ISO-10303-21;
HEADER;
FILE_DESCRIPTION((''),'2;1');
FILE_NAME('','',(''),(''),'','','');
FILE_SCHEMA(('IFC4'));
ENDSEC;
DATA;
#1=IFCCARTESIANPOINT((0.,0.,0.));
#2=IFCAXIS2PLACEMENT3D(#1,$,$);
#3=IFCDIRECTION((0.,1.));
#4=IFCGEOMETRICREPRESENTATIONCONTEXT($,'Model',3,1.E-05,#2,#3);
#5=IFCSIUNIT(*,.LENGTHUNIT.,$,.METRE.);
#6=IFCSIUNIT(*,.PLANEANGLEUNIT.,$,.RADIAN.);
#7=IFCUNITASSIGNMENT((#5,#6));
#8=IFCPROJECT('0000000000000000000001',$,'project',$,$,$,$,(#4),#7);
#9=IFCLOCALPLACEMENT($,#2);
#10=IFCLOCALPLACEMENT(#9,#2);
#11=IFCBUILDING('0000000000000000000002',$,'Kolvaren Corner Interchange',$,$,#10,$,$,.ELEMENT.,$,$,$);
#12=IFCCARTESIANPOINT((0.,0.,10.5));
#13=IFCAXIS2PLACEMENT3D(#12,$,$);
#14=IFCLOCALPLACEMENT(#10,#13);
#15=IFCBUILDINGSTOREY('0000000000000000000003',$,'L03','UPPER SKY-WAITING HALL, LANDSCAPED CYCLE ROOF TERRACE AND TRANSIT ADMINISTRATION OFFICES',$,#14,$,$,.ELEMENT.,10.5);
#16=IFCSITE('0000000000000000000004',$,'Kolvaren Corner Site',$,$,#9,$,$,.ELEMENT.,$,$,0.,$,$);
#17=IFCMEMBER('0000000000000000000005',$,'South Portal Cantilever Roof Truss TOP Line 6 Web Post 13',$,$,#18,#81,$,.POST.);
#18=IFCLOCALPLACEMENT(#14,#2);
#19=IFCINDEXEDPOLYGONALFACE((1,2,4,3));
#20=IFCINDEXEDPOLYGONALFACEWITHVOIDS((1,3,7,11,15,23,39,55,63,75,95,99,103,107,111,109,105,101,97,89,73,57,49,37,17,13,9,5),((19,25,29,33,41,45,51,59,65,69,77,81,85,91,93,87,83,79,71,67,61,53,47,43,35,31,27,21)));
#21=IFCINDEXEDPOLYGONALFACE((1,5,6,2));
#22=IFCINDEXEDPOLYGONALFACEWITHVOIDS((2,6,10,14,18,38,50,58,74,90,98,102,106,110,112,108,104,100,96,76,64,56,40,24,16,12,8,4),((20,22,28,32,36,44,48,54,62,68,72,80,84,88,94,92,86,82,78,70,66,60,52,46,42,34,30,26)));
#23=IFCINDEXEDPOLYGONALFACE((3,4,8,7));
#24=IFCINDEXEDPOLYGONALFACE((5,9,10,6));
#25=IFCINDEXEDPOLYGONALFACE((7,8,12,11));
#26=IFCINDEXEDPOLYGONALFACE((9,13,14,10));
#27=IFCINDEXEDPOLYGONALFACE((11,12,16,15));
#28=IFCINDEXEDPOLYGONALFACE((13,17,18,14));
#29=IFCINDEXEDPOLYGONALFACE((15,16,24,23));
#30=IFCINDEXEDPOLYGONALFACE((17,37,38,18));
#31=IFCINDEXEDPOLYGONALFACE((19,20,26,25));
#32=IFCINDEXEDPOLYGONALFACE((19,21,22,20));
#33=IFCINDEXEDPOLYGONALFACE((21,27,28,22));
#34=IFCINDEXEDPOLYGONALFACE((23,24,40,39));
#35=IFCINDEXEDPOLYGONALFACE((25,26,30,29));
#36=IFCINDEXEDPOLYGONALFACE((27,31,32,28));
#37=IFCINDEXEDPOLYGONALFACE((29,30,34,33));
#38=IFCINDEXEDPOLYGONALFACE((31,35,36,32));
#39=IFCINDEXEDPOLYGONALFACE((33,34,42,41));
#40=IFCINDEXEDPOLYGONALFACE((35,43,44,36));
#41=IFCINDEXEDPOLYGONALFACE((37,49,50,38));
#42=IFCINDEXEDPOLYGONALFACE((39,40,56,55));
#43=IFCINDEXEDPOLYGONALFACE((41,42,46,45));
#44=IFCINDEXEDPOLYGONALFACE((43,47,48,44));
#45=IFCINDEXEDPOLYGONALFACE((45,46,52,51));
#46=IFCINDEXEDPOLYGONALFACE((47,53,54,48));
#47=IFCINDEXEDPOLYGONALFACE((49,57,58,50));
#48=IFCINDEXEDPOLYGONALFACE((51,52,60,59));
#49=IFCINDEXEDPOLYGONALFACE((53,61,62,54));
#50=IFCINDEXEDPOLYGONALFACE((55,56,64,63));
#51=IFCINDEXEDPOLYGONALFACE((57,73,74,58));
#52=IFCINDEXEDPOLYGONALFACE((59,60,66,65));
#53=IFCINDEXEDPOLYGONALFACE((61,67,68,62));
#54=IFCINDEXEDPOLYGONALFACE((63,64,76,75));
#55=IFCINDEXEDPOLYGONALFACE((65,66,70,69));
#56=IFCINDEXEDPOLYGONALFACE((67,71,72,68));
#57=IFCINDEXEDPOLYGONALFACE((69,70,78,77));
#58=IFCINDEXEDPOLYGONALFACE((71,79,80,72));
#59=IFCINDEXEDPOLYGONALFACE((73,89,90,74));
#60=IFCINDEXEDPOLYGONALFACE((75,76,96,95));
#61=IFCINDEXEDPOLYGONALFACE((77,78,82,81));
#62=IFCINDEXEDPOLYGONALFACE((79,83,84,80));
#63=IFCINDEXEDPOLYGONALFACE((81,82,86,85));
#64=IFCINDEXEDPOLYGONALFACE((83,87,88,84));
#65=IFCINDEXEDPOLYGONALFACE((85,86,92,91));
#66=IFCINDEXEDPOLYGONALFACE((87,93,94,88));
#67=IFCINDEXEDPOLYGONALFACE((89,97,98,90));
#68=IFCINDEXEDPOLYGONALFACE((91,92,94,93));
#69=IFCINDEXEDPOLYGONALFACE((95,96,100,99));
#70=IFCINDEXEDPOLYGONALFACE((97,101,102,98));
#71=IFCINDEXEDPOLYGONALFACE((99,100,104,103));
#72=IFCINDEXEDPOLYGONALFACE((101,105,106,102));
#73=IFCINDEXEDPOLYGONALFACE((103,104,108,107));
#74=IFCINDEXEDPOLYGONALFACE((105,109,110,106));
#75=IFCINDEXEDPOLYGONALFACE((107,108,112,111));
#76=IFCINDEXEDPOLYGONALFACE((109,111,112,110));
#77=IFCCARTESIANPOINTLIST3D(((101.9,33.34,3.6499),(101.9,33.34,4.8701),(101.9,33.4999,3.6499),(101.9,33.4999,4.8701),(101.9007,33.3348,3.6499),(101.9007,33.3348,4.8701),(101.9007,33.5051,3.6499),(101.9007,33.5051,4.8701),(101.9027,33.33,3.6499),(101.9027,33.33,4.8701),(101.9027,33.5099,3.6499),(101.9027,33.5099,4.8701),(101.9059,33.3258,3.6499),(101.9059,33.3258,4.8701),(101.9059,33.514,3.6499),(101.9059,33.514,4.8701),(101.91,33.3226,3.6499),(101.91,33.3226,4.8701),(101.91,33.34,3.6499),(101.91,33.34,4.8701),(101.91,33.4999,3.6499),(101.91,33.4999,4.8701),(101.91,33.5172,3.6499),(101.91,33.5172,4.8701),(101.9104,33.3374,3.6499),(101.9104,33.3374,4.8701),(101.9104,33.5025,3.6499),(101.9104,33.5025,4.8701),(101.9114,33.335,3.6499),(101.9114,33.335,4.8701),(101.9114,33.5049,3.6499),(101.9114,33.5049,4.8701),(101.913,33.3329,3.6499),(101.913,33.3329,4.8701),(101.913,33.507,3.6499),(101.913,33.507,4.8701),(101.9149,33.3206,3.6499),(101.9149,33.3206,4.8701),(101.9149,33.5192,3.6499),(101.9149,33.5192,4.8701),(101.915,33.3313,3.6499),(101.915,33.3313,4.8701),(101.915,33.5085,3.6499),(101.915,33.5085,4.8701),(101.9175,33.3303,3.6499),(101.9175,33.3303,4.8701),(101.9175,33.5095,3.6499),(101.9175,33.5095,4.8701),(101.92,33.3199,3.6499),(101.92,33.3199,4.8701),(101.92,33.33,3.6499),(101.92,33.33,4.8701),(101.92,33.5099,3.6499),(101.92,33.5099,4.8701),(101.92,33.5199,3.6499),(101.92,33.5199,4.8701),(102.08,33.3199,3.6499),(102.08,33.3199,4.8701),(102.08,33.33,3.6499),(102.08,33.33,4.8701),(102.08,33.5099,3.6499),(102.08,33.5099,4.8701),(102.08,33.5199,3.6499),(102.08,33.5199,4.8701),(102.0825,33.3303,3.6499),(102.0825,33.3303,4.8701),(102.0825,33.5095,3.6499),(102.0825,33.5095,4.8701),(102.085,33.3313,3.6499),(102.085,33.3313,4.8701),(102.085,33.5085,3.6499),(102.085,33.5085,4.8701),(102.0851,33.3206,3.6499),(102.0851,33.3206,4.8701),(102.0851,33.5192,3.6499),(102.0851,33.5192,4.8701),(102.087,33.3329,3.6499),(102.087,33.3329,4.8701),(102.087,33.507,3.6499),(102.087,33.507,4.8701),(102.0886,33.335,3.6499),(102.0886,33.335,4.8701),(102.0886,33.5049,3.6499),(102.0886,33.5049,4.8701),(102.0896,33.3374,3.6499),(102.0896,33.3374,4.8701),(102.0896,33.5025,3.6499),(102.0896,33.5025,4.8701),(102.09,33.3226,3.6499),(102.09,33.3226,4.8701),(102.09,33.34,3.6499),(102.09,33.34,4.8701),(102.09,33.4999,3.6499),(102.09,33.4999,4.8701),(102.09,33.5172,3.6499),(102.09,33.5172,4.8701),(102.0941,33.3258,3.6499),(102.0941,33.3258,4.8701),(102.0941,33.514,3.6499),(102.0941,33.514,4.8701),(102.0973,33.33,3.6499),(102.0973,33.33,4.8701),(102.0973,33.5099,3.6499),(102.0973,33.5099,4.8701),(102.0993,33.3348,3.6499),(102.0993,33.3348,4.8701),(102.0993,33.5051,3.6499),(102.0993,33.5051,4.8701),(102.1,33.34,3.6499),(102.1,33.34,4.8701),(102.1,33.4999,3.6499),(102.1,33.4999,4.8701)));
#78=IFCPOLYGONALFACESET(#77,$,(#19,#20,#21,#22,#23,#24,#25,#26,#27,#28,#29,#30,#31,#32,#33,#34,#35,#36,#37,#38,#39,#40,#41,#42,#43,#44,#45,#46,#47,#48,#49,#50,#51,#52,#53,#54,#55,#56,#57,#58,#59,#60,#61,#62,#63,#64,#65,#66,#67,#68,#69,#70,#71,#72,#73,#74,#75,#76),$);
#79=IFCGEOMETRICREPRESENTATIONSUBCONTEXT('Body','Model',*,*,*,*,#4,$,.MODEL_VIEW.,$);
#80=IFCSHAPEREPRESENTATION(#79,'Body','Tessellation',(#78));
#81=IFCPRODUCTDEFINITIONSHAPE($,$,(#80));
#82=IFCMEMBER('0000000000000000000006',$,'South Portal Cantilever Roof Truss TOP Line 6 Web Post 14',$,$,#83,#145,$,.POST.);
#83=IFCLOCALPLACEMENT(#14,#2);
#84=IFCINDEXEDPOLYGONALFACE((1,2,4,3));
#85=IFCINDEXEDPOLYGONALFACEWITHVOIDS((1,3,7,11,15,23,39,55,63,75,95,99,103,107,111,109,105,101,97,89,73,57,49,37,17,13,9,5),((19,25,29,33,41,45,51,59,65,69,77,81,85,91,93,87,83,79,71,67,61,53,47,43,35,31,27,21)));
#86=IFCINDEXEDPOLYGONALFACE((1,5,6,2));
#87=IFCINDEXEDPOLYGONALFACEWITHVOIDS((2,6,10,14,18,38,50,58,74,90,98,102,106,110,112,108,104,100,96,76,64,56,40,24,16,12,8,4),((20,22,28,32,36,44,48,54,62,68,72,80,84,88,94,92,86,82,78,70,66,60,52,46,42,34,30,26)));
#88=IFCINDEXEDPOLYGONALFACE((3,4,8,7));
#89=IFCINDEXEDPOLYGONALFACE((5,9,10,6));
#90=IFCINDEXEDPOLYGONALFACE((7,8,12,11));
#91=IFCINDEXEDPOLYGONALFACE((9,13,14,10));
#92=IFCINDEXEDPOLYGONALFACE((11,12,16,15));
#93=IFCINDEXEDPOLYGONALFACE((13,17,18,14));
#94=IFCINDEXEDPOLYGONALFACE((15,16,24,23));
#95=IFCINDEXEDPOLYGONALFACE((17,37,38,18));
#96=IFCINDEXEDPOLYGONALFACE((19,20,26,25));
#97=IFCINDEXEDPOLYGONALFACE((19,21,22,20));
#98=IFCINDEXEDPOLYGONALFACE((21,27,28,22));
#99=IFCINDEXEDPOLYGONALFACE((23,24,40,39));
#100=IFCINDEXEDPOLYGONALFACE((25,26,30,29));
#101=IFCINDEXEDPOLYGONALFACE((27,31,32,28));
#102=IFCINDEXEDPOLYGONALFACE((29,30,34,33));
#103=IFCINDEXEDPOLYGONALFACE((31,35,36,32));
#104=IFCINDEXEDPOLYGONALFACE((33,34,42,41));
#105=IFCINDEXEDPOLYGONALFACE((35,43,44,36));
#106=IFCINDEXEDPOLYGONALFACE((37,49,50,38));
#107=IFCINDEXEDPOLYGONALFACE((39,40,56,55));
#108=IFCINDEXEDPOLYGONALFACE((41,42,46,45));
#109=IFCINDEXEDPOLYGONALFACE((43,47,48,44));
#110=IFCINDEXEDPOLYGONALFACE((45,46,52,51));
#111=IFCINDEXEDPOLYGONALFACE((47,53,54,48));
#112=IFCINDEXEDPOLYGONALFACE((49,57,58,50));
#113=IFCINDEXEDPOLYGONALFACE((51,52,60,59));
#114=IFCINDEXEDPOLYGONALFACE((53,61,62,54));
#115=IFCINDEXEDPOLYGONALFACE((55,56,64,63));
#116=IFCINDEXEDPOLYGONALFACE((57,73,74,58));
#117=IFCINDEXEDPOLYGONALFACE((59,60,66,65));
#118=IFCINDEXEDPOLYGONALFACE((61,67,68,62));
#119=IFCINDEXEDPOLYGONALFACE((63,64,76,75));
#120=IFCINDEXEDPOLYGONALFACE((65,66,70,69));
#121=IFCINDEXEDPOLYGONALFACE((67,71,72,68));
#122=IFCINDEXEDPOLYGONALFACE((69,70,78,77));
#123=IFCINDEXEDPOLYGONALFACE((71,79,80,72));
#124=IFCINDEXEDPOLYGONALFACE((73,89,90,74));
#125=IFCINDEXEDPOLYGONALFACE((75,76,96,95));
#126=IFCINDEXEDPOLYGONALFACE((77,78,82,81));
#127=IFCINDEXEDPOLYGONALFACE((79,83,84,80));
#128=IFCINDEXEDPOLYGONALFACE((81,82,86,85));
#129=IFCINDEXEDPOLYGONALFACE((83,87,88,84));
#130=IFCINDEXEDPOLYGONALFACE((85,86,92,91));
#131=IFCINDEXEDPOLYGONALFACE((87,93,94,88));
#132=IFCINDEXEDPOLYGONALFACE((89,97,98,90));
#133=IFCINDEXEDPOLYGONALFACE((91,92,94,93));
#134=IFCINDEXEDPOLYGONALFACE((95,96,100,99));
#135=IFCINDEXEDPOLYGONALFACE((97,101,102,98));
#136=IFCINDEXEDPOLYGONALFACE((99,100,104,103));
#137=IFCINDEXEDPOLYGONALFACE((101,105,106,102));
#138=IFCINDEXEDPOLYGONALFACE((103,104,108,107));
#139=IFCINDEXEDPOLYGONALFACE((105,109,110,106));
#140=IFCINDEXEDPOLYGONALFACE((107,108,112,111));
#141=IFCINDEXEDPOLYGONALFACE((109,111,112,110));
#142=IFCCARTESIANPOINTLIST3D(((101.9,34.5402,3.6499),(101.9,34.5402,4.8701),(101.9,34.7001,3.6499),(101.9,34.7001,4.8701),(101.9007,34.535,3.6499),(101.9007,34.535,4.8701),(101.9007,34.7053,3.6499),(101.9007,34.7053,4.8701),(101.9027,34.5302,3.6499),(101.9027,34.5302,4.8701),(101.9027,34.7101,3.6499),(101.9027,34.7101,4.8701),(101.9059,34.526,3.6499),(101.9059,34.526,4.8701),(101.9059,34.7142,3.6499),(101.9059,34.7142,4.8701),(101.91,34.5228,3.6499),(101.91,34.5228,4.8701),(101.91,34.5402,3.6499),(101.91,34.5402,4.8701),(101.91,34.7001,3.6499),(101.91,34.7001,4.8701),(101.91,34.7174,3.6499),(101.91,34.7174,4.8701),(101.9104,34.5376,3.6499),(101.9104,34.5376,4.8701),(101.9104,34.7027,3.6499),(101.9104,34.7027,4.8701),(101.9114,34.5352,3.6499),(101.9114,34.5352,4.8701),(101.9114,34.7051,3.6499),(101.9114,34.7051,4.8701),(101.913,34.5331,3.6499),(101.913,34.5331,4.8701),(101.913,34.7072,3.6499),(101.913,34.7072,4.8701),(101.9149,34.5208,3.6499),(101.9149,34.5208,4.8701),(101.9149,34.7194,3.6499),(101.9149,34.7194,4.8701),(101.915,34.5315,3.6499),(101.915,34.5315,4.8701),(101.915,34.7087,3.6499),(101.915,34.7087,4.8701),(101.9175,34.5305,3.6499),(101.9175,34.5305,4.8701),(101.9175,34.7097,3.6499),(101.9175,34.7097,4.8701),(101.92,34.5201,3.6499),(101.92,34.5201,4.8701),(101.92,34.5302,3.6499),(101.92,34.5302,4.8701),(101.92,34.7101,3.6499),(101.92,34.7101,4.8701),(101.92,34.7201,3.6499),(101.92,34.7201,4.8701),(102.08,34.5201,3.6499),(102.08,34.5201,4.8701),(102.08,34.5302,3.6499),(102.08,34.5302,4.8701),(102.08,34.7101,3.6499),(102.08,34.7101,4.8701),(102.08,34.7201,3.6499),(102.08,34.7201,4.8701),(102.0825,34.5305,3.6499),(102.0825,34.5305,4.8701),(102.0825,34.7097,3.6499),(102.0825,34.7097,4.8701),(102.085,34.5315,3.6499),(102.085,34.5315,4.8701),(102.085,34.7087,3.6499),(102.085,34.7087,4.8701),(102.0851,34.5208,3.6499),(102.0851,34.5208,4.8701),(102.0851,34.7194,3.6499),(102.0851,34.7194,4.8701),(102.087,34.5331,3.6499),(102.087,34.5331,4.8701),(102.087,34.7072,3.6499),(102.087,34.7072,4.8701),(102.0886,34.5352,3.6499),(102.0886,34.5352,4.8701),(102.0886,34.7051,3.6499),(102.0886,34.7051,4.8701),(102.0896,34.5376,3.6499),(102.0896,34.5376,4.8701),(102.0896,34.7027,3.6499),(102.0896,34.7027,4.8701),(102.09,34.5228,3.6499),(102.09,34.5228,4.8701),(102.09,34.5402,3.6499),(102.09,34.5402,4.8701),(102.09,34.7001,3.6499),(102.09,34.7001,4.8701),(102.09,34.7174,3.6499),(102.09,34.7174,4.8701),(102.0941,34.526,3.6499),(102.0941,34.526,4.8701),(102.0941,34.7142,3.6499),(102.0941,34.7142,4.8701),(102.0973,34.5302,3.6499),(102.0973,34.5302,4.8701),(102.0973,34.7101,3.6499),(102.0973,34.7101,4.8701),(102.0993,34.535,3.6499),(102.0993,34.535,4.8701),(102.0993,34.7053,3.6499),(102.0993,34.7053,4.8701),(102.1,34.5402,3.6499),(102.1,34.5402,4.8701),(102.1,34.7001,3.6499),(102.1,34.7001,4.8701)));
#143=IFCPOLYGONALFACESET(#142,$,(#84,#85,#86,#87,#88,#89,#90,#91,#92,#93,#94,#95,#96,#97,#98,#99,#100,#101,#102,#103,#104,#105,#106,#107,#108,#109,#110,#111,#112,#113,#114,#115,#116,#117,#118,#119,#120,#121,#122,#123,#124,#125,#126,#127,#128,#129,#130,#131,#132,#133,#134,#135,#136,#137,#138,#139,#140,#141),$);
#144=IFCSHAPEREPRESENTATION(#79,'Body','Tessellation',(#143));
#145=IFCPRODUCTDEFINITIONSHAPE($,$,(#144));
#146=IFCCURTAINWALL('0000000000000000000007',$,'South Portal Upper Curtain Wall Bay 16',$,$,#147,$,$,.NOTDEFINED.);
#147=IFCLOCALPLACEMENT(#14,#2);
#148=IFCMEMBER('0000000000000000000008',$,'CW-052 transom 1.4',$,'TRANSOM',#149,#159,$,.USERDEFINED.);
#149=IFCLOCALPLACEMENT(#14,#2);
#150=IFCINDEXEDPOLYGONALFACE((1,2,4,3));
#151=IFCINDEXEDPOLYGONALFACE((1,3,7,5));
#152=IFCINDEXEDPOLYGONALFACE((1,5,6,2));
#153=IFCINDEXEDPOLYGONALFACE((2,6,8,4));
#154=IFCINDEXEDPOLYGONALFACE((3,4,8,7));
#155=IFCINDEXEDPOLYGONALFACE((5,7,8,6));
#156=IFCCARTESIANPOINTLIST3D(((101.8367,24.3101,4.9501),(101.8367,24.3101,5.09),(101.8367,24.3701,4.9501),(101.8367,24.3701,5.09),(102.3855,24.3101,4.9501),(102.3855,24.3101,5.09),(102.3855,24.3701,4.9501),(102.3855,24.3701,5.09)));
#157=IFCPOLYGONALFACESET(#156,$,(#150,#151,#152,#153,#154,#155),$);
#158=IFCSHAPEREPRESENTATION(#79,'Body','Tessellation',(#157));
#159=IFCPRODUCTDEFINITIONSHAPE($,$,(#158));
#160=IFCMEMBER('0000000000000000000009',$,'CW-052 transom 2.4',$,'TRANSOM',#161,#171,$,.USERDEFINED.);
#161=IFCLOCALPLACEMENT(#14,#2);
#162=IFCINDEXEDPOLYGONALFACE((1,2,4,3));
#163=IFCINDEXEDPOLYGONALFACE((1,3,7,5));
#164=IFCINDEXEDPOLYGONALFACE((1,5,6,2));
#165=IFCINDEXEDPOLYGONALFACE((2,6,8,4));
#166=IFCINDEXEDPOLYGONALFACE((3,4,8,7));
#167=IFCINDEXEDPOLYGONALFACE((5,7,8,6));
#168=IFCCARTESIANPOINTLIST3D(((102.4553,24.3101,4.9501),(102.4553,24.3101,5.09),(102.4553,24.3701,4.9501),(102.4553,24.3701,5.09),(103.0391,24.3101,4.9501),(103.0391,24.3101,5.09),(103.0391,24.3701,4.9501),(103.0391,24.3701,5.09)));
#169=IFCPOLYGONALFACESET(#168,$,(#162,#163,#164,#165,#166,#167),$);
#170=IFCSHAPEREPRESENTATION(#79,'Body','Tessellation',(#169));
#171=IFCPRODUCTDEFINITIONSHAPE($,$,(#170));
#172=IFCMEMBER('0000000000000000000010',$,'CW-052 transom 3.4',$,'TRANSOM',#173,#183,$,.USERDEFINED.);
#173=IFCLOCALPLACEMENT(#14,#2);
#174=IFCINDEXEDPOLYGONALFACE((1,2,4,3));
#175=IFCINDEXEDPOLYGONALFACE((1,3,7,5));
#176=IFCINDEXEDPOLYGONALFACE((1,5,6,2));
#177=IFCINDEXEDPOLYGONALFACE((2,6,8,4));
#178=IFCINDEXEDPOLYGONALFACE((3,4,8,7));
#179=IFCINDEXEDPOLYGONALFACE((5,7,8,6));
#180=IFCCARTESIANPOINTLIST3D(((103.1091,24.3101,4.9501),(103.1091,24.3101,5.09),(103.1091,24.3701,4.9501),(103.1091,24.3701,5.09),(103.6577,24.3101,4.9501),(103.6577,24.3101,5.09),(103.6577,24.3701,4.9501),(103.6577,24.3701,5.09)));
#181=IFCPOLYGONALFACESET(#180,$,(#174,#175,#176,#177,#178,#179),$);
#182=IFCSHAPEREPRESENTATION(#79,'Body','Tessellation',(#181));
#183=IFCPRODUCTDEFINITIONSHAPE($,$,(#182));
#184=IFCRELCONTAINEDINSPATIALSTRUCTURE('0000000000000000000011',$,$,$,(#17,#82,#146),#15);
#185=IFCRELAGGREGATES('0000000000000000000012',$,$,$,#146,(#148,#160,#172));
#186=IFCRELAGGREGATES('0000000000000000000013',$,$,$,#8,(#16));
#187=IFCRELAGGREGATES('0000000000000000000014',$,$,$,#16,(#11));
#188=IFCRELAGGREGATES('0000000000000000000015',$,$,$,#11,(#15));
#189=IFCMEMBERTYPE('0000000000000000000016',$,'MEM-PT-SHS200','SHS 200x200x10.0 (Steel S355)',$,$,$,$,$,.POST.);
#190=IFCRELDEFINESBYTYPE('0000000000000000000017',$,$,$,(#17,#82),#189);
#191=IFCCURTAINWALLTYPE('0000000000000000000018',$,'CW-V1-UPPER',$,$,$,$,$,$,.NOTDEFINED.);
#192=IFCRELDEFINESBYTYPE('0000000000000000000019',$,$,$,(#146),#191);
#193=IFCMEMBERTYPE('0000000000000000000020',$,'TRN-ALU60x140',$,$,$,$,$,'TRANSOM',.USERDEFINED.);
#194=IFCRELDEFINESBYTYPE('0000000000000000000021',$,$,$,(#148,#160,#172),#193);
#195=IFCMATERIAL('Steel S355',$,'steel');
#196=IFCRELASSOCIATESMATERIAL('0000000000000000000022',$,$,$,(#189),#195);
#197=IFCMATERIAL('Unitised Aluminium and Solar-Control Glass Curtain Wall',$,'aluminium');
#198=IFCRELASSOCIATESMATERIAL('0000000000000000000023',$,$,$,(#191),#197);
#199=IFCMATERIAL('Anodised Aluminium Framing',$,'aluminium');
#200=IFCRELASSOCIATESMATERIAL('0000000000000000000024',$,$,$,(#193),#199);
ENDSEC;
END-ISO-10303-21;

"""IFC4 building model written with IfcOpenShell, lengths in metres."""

from ifc_helpers import new_model, si_unit, direction, frame, origin, origin_2d, place, context, subcontext, project, spatial, rectangle, hollow_rectangle, extrude, material, material_profile, profile_set, type_object, element, aggregate, save


model = new_model("IFC4")

# Units and contexts
model_context = context("Model", 3, precision=1e-05, world=origin(), true_north=direction((0.0, 1.0)))
body_context = subcontext(model_context, "Body", "Model", "MODEL_VIEW")
ifc_project = project(units=[si_unit("LENGTHUNIT", "METRE"), si_unit("PLANEANGLEUNIT", "RADIAN")], contexts=[model_context])

# Site, building, storey
site_placement = place(None, origin())
site = spatial("IfcSite", under=ifc_project, at=site_placement, Name="Kolvaren Corner Site", CompositionType="ELEMENT", RefElevation=0.0)
building_placement = place(site_placement, origin())
building = spatial("IfcBuilding", under=site, at=building_placement, Name="Kolvaren Corner Interchange", CompositionType="ELEMENT")
storey_placement = place(building_placement, frame((0.0, 0.0, 10.5)))
storey = spatial("IfcBuildingStorey", under=building, at=storey_placement, Name="L03", Description="UPPER SKY-WAITING HALL, LANDSCAPED CYCLE ROOF TERRACE AND TRANSIT ADMINISTRATION OFFICES", CompositionType="ELEMENT", Elevation=10.5)

# Members
ifc_material_1 = material(Name="Steel S355", Category="steel")
ifc_material_profile_1 = material_profile(ifc_material_1, hollow_rectangle(XDim=0.2, YDim=0.2, WallThickness=0.01, InnerFilletRadius=0.01, OuterFilletRadius=0.02, at=origin_2d()), Name="SHS 200x200x10.0")
ifc_profile_set_1 = profile_set([ifc_material_profile_1], Name="Steel S355")
member_type_1 = type_object("IfcMemberType", Name="MEM-PT-SHS200", Description="SHS 200x200x10.0 (Steel S355)", PredefinedType="POST", material=ifc_profile_set_1)
for number, where, z_axis, x_axis, name in (
    (1, (102.0, 33.4199, 3.6499), (0.0, 0.0, 1.0), (1.0, 0.0, 0.0), "South Portal Cantilever Roof Truss TOP Line 6 Web Post 13"),
    (2, (102.0, 34.6201, 3.6499), (0.0, 0.0, 1.0), (1.0, 0.0, 0.0), "South Portal Cantilever Roof Truss TOP Line 6 Web Post 14"),
):
    element("IfcMember", number, at=place(storey_placement, frame(where, z_axis=z_axis, x_axis=x_axis)), inside=storey, type_object=member_type_1, Name=name, PredefinedType="POST", context=body_context, shape_type="SweptSolid", body=[
        extrude(hollow_rectangle(XDim=0.2, YDim=0.2, WallThickness=0.01, InnerFilletRadius=0.01, OuterFilletRadius=0.02, at=origin_2d()), origin(), (0.0, 0.0, 1.0), 1.2202),
    ])

# Curtain wall, members
ifc_material_2 = material(Name="Unitised Aluminium and Solar-Control Glass Curtain Wall", Category="aluminium")
curtain_wall_type = type_object("IfcCurtainWallType", Name="CW-V1-UPPER", PredefinedType="NOTDEFINED", material=ifc_material_2)
curtain_wall_placement = place(storey_placement, origin())
curtain_wall = element("IfcCurtainWall", 3, at=curtain_wall_placement, inside=storey, type_object=curtain_wall_type, Name="South Portal Upper Curtain Wall Bay 16", PredefinedType="NOTDEFINED")
ifc_material_3 = material(Name="Anodised Aluminium Framing", Category="aluminium")
ifc_material_profile_2 = material_profile(ifc_material_3, rectangle(XDim=0.0601, YDim=0.1399, at=origin_2d()), Name="ALU 60x140")
ifc_profile_set_2 = profile_set([ifc_material_profile_2], Name="Anodised Aluminium Framing")
member_type_2 = type_object("IfcMemberType", Name="TRN-ALU60x140", ElementType="TRANSOM", PredefinedType="USERDEFINED", material=ifc_profile_set_2)
member_1_placement = place(storey_placement, frame((101.8367, 24.3401, 5.02), z_axis=(1.0, 0.0, 0.0), x_axis=(0.0, 1.0, 0.0)))
member_1 = element("IfcMember", 4, at=member_1_placement, type_object=member_type_2, Name="CW-052 transom 1.4", ObjectType="TRANSOM", PredefinedType="USERDEFINED", context=body_context, shape_type="SweptSolid", body=[
    extrude(rectangle(XDim=0.0601, YDim=0.1399, at=origin_2d()), origin(), (0.0, 0.0, 1.0), 0.5488),
])
member_2_placement = place(storey_placement, frame((102.4553, 24.3401, 5.02), z_axis=(1.0, 0.0, 0.0), x_axis=(0.0, 1.0, 0.0)))
member_2 = element("IfcMember", 5, at=member_2_placement, type_object=member_type_2, Name="CW-052 transom 2.4", ObjectType="TRANSOM", PredefinedType="USERDEFINED", context=body_context, shape_type="SweptSolid", body=[
    extrude(rectangle(XDim=0.0601, YDim=0.1399, at=origin_2d()), origin(), (0.0, 0.0, 1.0), 0.5837),
])
member_3_placement = place(storey_placement, frame((103.1091, 24.3401, 5.02), z_axis=(1.0, 0.0, 0.0), x_axis=(0.0, 1.0, 0.0)))
member_3 = element("IfcMember", 6, at=member_3_placement, type_object=member_type_2, Name="CW-052 transom 3.4", ObjectType="TRANSOM", PredefinedType="USERDEFINED", context=body_context, shape_type="SweptSolid", body=[
    extrude(rectangle(XDim=0.0601, YDim=0.1399, at=origin_2d()), origin(), (0.0, 0.0, 1.0), 0.5486),
])
aggregate(curtain_wall, [member_1, member_2, member_3])

save(model, "model.ifc")
